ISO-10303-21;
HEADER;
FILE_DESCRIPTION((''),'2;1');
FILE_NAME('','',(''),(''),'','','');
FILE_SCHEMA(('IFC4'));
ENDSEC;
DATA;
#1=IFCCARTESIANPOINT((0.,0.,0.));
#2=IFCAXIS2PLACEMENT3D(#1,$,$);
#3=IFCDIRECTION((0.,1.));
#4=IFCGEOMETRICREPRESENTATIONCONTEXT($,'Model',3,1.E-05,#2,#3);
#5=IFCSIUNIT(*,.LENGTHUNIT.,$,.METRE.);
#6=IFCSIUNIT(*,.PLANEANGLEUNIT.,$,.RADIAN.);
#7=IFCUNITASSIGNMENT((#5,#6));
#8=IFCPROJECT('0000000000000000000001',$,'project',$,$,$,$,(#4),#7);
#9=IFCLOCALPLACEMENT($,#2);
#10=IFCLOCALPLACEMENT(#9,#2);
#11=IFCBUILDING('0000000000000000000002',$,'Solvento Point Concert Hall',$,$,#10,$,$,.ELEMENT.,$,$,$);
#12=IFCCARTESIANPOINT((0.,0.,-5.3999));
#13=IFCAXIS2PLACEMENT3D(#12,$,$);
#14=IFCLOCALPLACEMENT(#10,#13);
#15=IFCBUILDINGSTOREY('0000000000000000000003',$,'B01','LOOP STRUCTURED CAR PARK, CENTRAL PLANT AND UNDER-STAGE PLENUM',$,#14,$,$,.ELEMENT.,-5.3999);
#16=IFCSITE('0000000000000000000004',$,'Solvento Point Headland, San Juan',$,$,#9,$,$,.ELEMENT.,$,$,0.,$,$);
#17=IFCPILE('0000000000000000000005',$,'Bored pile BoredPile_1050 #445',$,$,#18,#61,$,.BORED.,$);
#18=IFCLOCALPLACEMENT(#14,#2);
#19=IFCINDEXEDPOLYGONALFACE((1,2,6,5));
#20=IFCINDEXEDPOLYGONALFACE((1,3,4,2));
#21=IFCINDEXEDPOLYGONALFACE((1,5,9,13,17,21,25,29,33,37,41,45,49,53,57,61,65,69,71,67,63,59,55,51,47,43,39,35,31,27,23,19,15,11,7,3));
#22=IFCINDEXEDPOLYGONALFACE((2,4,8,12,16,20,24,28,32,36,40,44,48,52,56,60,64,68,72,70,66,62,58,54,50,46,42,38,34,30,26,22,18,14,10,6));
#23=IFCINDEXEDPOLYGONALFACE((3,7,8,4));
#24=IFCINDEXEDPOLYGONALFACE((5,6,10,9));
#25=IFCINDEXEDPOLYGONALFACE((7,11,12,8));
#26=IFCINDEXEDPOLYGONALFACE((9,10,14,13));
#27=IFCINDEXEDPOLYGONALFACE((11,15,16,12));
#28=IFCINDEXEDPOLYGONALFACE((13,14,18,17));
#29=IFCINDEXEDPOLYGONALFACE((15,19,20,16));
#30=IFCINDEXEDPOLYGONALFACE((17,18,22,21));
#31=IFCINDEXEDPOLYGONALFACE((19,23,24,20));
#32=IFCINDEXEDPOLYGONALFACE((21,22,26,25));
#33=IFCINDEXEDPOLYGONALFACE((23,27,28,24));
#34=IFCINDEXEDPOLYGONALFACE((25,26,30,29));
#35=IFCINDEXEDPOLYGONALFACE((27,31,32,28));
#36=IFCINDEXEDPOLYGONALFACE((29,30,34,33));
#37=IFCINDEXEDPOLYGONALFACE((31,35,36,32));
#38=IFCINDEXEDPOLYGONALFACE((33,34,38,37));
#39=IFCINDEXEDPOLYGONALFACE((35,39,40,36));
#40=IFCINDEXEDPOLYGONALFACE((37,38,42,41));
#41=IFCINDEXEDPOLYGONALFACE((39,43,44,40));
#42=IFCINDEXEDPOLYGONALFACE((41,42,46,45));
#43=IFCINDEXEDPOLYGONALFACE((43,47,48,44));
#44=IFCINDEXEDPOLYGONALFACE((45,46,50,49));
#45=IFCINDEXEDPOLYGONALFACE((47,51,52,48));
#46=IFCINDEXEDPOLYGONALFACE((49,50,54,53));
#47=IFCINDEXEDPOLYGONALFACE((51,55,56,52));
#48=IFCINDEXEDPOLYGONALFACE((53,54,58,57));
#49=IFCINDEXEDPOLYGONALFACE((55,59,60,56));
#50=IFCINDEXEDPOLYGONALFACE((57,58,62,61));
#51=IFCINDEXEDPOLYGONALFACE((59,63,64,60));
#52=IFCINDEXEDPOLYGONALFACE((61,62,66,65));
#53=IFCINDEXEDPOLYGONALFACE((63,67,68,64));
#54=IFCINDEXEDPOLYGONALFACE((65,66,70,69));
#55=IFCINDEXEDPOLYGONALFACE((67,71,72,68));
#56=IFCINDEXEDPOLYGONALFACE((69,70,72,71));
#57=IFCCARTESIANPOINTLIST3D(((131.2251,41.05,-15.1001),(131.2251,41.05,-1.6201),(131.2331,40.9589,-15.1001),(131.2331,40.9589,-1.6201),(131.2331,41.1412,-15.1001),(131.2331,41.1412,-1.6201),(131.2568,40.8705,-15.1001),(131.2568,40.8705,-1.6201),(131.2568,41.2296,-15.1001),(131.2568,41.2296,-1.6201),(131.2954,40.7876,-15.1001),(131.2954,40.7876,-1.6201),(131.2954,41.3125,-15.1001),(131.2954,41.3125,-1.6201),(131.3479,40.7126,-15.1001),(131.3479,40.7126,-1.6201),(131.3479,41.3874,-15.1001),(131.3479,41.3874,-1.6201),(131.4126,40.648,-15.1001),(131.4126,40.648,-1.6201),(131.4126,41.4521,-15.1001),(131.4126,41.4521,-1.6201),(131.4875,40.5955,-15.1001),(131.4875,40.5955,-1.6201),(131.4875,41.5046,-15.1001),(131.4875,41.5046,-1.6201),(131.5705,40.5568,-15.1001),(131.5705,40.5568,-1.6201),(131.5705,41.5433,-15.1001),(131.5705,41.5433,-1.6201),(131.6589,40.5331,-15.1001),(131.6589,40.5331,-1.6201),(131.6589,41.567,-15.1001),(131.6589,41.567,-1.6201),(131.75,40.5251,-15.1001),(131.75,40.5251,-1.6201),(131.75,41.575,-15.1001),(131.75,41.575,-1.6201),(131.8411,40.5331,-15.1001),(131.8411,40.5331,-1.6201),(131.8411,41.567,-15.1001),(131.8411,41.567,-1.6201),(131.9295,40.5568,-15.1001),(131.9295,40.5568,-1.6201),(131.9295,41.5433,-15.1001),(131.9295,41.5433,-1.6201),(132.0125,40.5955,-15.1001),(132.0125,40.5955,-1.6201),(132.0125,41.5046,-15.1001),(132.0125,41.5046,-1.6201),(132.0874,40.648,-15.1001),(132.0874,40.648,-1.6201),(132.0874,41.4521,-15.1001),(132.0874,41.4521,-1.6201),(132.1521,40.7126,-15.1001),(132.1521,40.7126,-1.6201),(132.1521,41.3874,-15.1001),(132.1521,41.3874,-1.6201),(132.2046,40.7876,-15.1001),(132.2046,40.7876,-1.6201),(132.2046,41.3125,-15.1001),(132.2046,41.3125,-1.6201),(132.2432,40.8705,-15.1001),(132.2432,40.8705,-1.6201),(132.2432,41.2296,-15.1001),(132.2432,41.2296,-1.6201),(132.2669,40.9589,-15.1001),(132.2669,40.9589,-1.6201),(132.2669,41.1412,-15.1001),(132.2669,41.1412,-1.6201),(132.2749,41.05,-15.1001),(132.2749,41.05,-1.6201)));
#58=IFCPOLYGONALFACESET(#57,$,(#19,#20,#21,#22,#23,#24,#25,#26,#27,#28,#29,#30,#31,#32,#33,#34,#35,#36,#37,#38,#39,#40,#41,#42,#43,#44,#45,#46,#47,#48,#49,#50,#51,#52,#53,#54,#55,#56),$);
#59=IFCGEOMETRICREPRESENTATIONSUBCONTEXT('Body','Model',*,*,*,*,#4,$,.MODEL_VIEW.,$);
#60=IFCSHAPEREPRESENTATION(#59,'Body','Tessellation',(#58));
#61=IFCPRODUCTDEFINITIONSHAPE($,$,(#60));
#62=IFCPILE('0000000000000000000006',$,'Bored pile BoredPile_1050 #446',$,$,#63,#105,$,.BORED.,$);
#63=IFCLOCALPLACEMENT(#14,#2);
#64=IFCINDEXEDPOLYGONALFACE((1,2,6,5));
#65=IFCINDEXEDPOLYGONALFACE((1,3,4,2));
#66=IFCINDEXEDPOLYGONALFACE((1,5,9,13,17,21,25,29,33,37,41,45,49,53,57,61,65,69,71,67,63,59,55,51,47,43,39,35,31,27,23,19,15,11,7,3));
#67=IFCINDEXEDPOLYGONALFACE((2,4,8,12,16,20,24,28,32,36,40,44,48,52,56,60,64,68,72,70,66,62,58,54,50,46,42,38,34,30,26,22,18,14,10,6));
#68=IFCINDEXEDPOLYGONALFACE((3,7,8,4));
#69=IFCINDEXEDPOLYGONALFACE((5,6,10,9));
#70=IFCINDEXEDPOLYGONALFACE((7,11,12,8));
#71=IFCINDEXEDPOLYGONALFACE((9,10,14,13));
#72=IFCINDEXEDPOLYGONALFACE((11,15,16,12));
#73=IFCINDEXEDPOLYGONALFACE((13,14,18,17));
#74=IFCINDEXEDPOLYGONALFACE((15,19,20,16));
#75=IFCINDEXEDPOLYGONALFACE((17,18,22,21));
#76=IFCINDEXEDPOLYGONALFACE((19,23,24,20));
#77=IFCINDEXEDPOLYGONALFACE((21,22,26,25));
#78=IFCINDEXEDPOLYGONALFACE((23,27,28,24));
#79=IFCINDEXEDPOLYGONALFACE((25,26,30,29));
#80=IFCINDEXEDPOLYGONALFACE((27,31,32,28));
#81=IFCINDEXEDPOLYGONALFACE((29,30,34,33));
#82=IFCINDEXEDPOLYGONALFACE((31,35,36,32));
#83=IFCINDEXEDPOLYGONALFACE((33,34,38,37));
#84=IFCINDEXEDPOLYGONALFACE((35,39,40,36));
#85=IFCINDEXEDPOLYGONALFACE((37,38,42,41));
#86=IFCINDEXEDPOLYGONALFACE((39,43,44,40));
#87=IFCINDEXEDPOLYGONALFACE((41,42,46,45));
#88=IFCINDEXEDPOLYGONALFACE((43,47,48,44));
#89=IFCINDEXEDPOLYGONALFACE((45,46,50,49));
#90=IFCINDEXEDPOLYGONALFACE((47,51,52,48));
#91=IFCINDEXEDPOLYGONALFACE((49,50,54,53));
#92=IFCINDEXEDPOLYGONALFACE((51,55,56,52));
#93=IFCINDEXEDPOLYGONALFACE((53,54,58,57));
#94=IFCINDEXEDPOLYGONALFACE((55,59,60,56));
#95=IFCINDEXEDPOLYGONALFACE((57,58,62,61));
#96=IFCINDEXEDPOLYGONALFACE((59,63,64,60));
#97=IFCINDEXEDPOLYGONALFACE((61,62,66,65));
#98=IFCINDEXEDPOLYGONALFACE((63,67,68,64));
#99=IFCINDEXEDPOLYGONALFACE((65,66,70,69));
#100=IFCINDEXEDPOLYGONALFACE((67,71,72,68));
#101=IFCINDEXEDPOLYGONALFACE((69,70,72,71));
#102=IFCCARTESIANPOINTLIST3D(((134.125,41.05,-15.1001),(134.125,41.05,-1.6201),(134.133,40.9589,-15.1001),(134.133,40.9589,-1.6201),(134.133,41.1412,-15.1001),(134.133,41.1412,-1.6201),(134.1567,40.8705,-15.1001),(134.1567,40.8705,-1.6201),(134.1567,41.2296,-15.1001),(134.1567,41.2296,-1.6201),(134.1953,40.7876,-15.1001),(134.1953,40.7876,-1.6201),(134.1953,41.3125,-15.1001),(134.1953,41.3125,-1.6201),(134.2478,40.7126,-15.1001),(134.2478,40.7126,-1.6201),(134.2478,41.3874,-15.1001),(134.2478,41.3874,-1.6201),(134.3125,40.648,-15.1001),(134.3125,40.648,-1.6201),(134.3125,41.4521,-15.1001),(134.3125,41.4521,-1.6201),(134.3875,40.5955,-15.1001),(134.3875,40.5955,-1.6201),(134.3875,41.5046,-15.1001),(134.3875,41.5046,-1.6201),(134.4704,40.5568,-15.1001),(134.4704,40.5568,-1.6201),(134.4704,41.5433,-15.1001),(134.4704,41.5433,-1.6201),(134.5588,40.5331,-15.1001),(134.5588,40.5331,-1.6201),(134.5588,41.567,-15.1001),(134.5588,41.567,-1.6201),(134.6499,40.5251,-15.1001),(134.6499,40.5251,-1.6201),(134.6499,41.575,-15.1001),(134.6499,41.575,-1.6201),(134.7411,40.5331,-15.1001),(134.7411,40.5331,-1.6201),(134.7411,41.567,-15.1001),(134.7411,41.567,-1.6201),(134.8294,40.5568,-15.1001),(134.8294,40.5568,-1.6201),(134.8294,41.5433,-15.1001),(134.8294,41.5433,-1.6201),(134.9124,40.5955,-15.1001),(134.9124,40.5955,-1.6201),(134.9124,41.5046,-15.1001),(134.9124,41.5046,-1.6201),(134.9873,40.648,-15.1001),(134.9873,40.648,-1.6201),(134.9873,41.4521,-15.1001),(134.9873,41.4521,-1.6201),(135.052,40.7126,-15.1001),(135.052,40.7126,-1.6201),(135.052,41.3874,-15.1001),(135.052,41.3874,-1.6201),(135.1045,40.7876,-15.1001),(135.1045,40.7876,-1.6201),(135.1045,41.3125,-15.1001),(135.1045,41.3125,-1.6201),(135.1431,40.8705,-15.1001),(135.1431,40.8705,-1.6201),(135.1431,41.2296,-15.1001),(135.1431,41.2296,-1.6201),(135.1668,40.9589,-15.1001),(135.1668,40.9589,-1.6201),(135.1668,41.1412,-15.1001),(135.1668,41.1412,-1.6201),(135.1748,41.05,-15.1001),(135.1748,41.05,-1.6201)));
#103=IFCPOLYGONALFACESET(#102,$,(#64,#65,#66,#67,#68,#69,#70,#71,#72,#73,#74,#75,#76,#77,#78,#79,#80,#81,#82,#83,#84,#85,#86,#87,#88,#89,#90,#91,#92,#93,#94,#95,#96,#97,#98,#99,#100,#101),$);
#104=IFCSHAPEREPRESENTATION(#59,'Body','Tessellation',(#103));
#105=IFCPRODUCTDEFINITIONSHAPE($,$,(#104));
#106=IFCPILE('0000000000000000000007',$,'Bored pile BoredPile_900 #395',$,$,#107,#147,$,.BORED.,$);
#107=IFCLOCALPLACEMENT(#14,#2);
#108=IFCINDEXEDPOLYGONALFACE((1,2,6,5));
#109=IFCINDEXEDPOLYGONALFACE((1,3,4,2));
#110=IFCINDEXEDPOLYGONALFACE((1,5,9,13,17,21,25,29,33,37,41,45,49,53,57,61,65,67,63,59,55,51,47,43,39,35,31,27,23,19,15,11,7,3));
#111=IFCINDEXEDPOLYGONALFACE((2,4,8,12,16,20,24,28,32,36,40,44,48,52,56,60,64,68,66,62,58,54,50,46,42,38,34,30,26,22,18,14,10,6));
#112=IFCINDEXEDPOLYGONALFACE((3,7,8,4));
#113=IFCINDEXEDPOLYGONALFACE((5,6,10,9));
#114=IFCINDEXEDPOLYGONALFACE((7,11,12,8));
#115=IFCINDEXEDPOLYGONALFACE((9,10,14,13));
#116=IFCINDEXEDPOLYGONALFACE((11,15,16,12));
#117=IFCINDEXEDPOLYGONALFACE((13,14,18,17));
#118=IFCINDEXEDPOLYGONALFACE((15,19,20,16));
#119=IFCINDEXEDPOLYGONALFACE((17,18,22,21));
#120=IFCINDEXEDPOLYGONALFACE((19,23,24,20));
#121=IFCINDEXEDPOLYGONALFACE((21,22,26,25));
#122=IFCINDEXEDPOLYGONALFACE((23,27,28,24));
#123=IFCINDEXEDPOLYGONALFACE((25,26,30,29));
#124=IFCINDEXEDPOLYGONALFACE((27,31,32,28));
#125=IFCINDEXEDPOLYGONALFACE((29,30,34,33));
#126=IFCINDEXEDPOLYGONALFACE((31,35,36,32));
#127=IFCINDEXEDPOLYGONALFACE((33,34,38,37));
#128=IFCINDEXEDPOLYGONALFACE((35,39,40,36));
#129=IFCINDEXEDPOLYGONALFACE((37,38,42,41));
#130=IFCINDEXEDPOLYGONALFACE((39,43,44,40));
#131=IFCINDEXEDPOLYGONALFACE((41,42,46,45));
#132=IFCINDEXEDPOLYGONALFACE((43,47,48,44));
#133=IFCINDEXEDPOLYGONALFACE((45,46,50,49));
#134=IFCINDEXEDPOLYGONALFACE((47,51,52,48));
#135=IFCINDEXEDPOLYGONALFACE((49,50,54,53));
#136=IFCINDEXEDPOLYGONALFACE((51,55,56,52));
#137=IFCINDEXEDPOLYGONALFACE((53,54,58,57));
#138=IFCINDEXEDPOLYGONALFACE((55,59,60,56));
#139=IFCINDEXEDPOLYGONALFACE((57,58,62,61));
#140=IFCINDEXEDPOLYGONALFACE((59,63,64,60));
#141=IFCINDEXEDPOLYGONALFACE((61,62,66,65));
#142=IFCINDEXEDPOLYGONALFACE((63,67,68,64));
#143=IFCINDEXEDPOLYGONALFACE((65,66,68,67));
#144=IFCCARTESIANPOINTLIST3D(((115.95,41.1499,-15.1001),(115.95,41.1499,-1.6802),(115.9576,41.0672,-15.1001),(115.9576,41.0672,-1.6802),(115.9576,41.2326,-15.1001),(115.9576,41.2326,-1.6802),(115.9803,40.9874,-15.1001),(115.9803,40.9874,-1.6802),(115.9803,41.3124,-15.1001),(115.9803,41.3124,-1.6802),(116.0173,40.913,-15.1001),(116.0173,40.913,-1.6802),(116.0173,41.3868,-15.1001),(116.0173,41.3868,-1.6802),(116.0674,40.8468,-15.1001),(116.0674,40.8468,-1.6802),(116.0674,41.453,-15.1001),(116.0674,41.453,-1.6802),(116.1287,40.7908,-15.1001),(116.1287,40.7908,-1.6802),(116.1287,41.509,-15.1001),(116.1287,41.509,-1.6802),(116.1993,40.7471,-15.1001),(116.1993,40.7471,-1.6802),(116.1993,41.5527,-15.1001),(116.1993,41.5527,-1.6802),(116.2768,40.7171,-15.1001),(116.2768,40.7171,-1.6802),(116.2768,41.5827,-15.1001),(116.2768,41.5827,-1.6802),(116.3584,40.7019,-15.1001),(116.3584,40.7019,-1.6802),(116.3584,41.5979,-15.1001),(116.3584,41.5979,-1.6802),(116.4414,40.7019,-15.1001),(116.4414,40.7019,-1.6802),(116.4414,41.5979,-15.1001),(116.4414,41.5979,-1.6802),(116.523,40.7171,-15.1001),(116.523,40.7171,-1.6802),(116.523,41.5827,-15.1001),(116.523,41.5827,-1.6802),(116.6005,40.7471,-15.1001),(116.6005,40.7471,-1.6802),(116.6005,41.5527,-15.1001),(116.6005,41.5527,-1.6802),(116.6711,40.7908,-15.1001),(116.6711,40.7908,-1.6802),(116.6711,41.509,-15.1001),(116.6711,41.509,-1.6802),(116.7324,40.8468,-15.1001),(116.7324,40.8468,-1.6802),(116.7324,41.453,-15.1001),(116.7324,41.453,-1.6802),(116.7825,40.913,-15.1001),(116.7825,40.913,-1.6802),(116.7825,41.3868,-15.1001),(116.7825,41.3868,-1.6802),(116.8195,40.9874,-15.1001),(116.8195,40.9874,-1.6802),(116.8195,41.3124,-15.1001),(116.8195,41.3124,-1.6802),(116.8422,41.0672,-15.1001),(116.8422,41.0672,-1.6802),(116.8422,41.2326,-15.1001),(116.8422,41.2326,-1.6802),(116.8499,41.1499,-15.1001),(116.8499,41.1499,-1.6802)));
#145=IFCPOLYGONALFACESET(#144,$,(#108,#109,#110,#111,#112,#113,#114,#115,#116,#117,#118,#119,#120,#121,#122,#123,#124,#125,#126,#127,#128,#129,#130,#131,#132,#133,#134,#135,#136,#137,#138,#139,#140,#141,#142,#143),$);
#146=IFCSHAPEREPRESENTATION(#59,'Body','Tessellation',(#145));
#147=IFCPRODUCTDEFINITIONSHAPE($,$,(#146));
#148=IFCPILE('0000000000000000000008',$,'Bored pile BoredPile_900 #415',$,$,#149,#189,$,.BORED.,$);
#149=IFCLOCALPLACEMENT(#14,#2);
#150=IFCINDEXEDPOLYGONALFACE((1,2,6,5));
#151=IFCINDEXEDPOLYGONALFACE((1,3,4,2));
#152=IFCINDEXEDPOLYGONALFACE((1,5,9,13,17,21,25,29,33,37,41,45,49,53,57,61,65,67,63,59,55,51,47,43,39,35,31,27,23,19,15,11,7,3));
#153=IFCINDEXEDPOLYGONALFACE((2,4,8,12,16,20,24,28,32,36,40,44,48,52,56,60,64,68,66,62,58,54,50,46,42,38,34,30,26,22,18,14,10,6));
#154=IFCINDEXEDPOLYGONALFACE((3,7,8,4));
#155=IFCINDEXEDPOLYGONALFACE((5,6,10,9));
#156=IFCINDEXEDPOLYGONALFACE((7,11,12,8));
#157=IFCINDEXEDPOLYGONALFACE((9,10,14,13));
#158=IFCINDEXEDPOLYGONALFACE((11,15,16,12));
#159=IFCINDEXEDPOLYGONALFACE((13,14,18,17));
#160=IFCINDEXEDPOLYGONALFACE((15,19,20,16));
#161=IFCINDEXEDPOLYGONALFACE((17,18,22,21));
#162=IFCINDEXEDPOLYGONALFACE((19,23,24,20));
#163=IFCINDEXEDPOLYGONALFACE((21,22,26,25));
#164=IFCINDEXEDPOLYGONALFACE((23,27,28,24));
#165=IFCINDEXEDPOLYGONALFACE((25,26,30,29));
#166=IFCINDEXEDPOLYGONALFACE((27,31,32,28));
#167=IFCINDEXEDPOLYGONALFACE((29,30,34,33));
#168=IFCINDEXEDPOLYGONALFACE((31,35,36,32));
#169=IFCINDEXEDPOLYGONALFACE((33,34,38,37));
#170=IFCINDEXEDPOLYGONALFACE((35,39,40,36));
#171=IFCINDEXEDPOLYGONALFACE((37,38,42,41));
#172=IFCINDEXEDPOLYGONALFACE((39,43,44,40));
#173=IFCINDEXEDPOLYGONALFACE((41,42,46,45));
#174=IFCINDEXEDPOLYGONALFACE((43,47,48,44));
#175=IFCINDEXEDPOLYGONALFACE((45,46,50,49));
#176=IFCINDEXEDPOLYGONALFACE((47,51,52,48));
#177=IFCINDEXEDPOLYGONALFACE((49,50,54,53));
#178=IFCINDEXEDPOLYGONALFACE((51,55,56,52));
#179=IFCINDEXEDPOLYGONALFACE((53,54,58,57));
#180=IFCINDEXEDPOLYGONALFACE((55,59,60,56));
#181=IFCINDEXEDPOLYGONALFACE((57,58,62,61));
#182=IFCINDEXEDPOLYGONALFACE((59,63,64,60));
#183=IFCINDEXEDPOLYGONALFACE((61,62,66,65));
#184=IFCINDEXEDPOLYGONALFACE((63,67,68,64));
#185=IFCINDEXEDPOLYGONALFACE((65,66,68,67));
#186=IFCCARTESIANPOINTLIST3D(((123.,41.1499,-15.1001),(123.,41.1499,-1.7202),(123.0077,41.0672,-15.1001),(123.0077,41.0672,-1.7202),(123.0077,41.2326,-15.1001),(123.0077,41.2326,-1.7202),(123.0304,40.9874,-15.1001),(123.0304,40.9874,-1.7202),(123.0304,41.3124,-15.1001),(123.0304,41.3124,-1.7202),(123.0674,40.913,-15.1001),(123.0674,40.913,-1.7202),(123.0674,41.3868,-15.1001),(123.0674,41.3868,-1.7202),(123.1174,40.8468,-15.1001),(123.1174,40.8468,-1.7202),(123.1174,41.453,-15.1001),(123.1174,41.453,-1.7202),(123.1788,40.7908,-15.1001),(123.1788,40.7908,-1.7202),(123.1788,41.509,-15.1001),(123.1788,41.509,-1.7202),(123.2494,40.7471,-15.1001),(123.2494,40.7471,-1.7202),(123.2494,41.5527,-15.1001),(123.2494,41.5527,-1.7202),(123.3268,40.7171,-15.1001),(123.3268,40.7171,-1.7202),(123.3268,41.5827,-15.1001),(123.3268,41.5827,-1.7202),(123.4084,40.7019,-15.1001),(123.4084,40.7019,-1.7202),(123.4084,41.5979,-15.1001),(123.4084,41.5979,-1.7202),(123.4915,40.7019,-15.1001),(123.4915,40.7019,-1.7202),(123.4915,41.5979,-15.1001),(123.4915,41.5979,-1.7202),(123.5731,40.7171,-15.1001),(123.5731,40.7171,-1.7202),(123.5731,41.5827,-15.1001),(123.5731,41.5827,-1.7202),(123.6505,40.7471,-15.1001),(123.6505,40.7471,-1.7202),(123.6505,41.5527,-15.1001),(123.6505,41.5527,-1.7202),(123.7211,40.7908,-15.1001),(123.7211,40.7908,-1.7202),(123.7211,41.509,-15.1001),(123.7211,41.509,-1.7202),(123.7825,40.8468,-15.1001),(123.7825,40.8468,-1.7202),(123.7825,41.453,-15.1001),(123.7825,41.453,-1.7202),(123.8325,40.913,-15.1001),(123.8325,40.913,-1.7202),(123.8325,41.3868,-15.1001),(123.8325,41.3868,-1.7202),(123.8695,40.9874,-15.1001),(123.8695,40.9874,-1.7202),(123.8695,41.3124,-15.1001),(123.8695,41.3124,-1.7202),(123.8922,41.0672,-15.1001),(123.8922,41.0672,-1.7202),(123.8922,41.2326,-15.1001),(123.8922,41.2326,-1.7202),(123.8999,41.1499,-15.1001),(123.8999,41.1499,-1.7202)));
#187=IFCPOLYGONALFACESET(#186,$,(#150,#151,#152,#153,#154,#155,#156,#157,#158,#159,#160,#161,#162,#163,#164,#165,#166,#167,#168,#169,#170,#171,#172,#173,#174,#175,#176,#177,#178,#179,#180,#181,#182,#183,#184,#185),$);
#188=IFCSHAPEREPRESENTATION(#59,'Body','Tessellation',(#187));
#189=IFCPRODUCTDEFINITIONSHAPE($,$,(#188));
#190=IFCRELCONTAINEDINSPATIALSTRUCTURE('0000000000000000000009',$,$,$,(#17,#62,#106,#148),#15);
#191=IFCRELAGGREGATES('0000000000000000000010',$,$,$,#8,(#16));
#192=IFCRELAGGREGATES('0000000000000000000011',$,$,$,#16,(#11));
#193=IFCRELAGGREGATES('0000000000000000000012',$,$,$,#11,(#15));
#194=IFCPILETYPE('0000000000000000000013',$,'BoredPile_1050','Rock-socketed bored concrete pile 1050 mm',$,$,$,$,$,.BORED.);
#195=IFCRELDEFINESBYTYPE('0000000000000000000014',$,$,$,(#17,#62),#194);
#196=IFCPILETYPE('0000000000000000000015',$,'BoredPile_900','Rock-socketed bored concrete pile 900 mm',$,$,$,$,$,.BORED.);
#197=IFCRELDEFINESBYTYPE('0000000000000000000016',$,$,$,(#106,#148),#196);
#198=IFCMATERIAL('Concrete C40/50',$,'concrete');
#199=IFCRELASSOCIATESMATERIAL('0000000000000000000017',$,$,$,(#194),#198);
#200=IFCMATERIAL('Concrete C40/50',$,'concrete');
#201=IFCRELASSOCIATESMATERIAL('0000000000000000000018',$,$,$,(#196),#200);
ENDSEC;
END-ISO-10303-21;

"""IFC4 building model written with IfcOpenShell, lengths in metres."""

from ifc_helpers import new_model, si_unit, direction, frame, origin, origin_2d, place, context, subcontext, project, spatial, circle, extrude, material, material_profile, profile_set, type_object, element, save


model = new_model("IFC4")

# Units and contexts
model_context = context("Model", 3, precision=1e-05, world=origin(), true_north=direction((0.0, 1.0)))
body_context = subcontext(model_context, "Body", "Model", "MODEL_VIEW")
ifc_project = project(units=[si_unit("LENGTHUNIT", "METRE"), si_unit("PLANEANGLEUNIT", "RADIAN")], contexts=[model_context])

# Site, building, storey
site_placement = place(None, origin())
site = spatial("IfcSite", under=ifc_project, at=site_placement, Name="Solvento Point Headland, San Juan", CompositionType="ELEMENT", RefElevation=0.0)
building_placement = place(site_placement, origin())
building = spatial("IfcBuilding", under=site, at=building_placement, Name="Solvento Point Concert Hall", CompositionType="ELEMENT")
storey_placement = place(building_placement, frame((0.0, 0.0, -5.3999)))
storey = spatial("IfcBuildingStorey", under=building, at=storey_placement, Name="B01", Description="LOOP STRUCTURED CAR PARK, CENTRAL PLANT AND UNDER-STAGE PLENUM", CompositionType="ELEMENT", Elevation=-5.3999)

# Piles
ifc_material_1 = material(Name="Concrete C40/50", Category="concrete")
ifc_material_profile_1 = material_profile(ifc_material_1, circle(Radius=0.5249, at=origin_2d()), Name="BP-1050")
ifc_profile_set_1 = profile_set([ifc_material_profile_1], Name="Concrete C40/50")
pile_type_1 = type_object("IfcPileType", Name="BoredPile_1050", Description="Rock-socketed bored concrete pile 1050 mm", PredefinedType="BORED", material=ifc_profile_set_1)
for number, where, z_axis, x_axis, name in (
    (1, (131.75, 41.05, -1.6201), (0.0, 0.0, -1.0), (1.0, 0.0, 0.0), "Bored pile BoredPile_1050 #445"),
    (2, (134.6499, 41.05, -1.6201), (0.0, 0.0, -1.0), (1.0, 0.0, 0.0), "Bored pile BoredPile_1050 #446"),
):
    element("IfcPile", number, at=place(storey_placement, frame(where, z_axis=z_axis, x_axis=x_axis)), inside=storey, type_object=pile_type_1, Name=name, PredefinedType="BORED", context=body_context, shape_type="SweptSolid", body=[
        extrude(circle(Radius=0.5249, at=origin_2d()), origin(), (0.0, 0.0, 1.0), 13.48),
    ])
ifc_material_2 = material(Name="Concrete C40/50", Category="concrete")
ifc_material_profile_2 = material_profile(ifc_material_2, circle(Radius=0.45, at=origin_2d()), Name="BP-900")
ifc_profile_set_2 = profile_set([ifc_material_profile_2], Name="Concrete C40/50")
pile_type_2 = type_object("IfcPileType", Name="BoredPile_900", Description="Rock-socketed bored concrete pile 900 mm", PredefinedType="BORED", material=ifc_profile_set_2)
pile_1_placement = place(storey_placement, frame((116.3999, 41.1499, -1.6802), z_axis=(0.0, 0.0, -1.0), x_axis=(1.0, 0.0, 0.0)))
element("IfcPile", 3, at=pile_1_placement, inside=storey, type_object=pile_type_2, Name="Bored pile BoredPile_900 #395", PredefinedType="BORED", context=body_context, shape_type="SweptSolid", body=[
    extrude(circle(Radius=0.45, at=origin_2d()), origin(), (0.0, 0.0, 1.0), 13.4199),
])
for number, where, z_axis, x_axis, name in (
    (4, (123.45, 41.1499, -1.7202), (0.0, 0.0, -1.0), (1.0, 0.0, 0.0), "Bored pile BoredPile_900 #415"),
):
    element("IfcPile", number, at=place(storey_placement, frame(where, z_axis=z_axis, x_axis=x_axis)), inside=storey, type_object=pile_type_2, Name=name, PredefinedType="BORED", context=body_context, shape_type="SweptSolid", body=[
        extrude(circle(Radius=0.45, at=origin_2d()), origin(), (0.0, 0.0, 1.0), 13.3799),
    ])

save(model, "model.ifc")
